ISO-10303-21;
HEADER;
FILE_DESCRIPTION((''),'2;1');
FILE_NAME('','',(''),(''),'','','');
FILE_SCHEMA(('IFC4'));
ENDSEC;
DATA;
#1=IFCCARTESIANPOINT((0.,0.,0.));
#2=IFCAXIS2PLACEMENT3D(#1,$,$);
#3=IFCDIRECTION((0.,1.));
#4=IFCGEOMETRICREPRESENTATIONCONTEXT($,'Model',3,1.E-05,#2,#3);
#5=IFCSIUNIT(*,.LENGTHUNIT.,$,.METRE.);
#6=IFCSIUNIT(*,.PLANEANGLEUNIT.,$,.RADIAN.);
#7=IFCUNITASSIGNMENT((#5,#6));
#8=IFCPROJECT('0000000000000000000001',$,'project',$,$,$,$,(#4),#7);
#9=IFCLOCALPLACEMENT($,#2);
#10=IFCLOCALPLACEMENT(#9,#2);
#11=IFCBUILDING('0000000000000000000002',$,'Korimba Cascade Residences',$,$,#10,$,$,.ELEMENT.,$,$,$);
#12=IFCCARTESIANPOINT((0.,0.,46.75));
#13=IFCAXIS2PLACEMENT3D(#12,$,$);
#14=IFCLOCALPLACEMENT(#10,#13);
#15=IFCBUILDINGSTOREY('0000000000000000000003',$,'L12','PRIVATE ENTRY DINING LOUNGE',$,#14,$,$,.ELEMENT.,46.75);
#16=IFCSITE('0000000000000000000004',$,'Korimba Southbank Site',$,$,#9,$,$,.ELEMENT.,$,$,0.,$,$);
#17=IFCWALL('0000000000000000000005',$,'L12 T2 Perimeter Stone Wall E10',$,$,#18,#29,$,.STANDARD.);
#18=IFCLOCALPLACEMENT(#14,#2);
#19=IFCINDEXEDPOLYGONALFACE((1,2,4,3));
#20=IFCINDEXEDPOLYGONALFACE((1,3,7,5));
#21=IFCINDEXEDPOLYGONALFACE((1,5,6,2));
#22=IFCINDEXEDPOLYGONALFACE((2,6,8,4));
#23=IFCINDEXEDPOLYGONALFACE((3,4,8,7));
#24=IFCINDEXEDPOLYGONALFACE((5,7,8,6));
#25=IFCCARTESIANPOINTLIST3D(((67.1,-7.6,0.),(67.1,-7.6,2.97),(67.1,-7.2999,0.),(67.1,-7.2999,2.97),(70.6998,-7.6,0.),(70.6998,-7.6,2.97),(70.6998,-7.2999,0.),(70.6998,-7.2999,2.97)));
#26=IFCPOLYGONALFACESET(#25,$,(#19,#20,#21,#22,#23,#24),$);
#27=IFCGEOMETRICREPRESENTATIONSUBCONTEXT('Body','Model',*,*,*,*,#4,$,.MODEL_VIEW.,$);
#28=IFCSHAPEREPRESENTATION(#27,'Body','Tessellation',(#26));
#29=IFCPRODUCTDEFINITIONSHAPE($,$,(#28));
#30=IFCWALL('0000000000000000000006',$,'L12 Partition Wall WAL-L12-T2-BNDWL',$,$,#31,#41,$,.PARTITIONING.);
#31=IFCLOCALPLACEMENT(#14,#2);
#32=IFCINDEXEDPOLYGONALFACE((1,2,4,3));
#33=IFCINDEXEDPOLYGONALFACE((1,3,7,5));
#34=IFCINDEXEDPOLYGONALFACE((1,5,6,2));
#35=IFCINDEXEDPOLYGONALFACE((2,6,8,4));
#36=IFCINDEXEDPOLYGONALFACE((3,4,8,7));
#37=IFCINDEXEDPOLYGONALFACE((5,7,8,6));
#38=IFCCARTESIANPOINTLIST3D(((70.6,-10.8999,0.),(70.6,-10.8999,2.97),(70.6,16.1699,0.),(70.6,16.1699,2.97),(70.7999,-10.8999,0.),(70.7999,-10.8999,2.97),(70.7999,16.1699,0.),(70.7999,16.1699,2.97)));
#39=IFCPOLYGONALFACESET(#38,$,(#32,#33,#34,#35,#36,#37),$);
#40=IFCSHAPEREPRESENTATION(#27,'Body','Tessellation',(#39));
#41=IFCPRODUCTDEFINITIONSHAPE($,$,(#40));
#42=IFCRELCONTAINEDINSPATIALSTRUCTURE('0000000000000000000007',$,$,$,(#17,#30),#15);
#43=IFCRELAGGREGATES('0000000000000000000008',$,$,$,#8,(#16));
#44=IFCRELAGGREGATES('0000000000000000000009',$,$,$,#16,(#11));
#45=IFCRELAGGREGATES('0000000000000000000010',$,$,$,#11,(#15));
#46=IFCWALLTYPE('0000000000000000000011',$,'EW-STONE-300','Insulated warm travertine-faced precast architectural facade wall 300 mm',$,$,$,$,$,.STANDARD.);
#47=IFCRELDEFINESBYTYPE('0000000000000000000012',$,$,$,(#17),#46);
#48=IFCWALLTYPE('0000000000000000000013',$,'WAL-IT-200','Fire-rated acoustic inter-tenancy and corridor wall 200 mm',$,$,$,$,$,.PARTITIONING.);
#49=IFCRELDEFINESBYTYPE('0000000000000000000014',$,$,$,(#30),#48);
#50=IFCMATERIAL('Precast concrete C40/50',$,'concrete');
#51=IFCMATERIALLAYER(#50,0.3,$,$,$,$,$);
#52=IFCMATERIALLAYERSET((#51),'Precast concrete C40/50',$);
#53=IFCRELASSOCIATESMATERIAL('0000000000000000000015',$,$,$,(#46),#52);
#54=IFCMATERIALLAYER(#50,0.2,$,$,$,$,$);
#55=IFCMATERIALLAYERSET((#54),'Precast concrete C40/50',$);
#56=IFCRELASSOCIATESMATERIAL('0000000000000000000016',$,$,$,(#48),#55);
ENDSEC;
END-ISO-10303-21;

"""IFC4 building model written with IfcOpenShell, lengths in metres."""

from ifc_helpers import new_model, si_unit, direction, frame, frame_2d, origin, place, context, subcontext, project, spatial, rectangle, extrude, material, layer, layer_set, type_object, element, save


model = new_model("IFC4")

# Units and contexts
model_context = context("Model", 3, precision=1e-05, world=origin(), true_north=direction((0.0, 1.0)))
body_context = subcontext(model_context, "Body", "Model", "MODEL_VIEW")
ifc_project = project(units=[si_unit("LENGTHUNIT", "METRE"), si_unit("PLANEANGLEUNIT", "RADIAN")], contexts=[model_context])

# Site, building, storey
site_placement = place(None, origin())
site = spatial("IfcSite", under=ifc_project, at=site_placement, Name="Korimba Southbank Site", CompositionType="ELEMENT", RefElevation=0.0)
building_placement = place(site_placement, origin())
building = spatial("IfcBuilding", under=site, at=building_placement, Name="Korimba Cascade Residences", CompositionType="ELEMENT")
storey_placement = place(building_placement, frame((0.0, 0.0, 46.75)))
storey = spatial("IfcBuildingStorey", under=building, at=storey_placement, Name="L12", Description="PRIVATE ENTRY DINING LOUNGE", CompositionType="ELEMENT", Elevation=46.75)

# Shared definitions
ifc_material_1 = material(Name="Precast concrete C40/50", Category="concrete")

# Walls
ifc_layer_1 = layer(ifc_material_1, 0.3)
ifc_layer_set_1 = layer_set([ifc_layer_1], Name="Precast concrete C40/50")
wall_type_1 = type_object("IfcWallType", Name="EW-STONE-300", Description="Insulated warm travertine-faced precast architectural facade wall 300 mm", PredefinedType="STANDARD", material=ifc_layer_set_1)
wall_1_placement = place(storey_placement, frame((67.1001, -7.45, 0.0), z_axis=(0.0, 0.0, 1.0), x_axis=(1.0, 0.0, 0.0)))
element("IfcWall", 1, at=wall_1_placement, inside=storey, type_object=wall_type_1, Name="L12 T2 Perimeter Stone Wall E10", PredefinedType="STANDARD", context=body_context, shape_type="SweptSolid", body=[
    extrude(rectangle(XDim=3.5999, YDim=0.3, at=frame_2d((1.7998, 0.0))), origin(), (0.0, 0.0, 1.0), 2.97),
])
ifc_layer_2 = layer(ifc_material_1, 0.2)
ifc_layer_set_2 = layer_set([ifc_layer_2], Name="Precast concrete C40/50")
wall_type_2 = type_object("IfcWallType", Name="WAL-IT-200", Description="Fire-rated acoustic inter-tenancy and corridor wall 200 mm", PredefinedType="PARTITIONING", material=ifc_layer_set_2)
wall_2_placement = place(storey_placement, frame((70.7, -10.8999, 0.0), z_axis=(0.0, 0.0, 1.0), x_axis=(0.0, 1.0, 0.0)))
element("IfcWall", 2, at=wall_2_placement, inside=storey, type_object=wall_type_2, Name="L12 Partition Wall WAL-L12-T2-BNDWL", PredefinedType="PARTITIONING", context=body_context, shape_type="SweptSolid", body=[
    extrude(rectangle(XDim=27.0698, YDim=0.2, at=frame_2d((13.5349, 0.0))), origin(), (0.0, 0.0, 1.0), 2.97),
])

save(model, "model.ifc")
